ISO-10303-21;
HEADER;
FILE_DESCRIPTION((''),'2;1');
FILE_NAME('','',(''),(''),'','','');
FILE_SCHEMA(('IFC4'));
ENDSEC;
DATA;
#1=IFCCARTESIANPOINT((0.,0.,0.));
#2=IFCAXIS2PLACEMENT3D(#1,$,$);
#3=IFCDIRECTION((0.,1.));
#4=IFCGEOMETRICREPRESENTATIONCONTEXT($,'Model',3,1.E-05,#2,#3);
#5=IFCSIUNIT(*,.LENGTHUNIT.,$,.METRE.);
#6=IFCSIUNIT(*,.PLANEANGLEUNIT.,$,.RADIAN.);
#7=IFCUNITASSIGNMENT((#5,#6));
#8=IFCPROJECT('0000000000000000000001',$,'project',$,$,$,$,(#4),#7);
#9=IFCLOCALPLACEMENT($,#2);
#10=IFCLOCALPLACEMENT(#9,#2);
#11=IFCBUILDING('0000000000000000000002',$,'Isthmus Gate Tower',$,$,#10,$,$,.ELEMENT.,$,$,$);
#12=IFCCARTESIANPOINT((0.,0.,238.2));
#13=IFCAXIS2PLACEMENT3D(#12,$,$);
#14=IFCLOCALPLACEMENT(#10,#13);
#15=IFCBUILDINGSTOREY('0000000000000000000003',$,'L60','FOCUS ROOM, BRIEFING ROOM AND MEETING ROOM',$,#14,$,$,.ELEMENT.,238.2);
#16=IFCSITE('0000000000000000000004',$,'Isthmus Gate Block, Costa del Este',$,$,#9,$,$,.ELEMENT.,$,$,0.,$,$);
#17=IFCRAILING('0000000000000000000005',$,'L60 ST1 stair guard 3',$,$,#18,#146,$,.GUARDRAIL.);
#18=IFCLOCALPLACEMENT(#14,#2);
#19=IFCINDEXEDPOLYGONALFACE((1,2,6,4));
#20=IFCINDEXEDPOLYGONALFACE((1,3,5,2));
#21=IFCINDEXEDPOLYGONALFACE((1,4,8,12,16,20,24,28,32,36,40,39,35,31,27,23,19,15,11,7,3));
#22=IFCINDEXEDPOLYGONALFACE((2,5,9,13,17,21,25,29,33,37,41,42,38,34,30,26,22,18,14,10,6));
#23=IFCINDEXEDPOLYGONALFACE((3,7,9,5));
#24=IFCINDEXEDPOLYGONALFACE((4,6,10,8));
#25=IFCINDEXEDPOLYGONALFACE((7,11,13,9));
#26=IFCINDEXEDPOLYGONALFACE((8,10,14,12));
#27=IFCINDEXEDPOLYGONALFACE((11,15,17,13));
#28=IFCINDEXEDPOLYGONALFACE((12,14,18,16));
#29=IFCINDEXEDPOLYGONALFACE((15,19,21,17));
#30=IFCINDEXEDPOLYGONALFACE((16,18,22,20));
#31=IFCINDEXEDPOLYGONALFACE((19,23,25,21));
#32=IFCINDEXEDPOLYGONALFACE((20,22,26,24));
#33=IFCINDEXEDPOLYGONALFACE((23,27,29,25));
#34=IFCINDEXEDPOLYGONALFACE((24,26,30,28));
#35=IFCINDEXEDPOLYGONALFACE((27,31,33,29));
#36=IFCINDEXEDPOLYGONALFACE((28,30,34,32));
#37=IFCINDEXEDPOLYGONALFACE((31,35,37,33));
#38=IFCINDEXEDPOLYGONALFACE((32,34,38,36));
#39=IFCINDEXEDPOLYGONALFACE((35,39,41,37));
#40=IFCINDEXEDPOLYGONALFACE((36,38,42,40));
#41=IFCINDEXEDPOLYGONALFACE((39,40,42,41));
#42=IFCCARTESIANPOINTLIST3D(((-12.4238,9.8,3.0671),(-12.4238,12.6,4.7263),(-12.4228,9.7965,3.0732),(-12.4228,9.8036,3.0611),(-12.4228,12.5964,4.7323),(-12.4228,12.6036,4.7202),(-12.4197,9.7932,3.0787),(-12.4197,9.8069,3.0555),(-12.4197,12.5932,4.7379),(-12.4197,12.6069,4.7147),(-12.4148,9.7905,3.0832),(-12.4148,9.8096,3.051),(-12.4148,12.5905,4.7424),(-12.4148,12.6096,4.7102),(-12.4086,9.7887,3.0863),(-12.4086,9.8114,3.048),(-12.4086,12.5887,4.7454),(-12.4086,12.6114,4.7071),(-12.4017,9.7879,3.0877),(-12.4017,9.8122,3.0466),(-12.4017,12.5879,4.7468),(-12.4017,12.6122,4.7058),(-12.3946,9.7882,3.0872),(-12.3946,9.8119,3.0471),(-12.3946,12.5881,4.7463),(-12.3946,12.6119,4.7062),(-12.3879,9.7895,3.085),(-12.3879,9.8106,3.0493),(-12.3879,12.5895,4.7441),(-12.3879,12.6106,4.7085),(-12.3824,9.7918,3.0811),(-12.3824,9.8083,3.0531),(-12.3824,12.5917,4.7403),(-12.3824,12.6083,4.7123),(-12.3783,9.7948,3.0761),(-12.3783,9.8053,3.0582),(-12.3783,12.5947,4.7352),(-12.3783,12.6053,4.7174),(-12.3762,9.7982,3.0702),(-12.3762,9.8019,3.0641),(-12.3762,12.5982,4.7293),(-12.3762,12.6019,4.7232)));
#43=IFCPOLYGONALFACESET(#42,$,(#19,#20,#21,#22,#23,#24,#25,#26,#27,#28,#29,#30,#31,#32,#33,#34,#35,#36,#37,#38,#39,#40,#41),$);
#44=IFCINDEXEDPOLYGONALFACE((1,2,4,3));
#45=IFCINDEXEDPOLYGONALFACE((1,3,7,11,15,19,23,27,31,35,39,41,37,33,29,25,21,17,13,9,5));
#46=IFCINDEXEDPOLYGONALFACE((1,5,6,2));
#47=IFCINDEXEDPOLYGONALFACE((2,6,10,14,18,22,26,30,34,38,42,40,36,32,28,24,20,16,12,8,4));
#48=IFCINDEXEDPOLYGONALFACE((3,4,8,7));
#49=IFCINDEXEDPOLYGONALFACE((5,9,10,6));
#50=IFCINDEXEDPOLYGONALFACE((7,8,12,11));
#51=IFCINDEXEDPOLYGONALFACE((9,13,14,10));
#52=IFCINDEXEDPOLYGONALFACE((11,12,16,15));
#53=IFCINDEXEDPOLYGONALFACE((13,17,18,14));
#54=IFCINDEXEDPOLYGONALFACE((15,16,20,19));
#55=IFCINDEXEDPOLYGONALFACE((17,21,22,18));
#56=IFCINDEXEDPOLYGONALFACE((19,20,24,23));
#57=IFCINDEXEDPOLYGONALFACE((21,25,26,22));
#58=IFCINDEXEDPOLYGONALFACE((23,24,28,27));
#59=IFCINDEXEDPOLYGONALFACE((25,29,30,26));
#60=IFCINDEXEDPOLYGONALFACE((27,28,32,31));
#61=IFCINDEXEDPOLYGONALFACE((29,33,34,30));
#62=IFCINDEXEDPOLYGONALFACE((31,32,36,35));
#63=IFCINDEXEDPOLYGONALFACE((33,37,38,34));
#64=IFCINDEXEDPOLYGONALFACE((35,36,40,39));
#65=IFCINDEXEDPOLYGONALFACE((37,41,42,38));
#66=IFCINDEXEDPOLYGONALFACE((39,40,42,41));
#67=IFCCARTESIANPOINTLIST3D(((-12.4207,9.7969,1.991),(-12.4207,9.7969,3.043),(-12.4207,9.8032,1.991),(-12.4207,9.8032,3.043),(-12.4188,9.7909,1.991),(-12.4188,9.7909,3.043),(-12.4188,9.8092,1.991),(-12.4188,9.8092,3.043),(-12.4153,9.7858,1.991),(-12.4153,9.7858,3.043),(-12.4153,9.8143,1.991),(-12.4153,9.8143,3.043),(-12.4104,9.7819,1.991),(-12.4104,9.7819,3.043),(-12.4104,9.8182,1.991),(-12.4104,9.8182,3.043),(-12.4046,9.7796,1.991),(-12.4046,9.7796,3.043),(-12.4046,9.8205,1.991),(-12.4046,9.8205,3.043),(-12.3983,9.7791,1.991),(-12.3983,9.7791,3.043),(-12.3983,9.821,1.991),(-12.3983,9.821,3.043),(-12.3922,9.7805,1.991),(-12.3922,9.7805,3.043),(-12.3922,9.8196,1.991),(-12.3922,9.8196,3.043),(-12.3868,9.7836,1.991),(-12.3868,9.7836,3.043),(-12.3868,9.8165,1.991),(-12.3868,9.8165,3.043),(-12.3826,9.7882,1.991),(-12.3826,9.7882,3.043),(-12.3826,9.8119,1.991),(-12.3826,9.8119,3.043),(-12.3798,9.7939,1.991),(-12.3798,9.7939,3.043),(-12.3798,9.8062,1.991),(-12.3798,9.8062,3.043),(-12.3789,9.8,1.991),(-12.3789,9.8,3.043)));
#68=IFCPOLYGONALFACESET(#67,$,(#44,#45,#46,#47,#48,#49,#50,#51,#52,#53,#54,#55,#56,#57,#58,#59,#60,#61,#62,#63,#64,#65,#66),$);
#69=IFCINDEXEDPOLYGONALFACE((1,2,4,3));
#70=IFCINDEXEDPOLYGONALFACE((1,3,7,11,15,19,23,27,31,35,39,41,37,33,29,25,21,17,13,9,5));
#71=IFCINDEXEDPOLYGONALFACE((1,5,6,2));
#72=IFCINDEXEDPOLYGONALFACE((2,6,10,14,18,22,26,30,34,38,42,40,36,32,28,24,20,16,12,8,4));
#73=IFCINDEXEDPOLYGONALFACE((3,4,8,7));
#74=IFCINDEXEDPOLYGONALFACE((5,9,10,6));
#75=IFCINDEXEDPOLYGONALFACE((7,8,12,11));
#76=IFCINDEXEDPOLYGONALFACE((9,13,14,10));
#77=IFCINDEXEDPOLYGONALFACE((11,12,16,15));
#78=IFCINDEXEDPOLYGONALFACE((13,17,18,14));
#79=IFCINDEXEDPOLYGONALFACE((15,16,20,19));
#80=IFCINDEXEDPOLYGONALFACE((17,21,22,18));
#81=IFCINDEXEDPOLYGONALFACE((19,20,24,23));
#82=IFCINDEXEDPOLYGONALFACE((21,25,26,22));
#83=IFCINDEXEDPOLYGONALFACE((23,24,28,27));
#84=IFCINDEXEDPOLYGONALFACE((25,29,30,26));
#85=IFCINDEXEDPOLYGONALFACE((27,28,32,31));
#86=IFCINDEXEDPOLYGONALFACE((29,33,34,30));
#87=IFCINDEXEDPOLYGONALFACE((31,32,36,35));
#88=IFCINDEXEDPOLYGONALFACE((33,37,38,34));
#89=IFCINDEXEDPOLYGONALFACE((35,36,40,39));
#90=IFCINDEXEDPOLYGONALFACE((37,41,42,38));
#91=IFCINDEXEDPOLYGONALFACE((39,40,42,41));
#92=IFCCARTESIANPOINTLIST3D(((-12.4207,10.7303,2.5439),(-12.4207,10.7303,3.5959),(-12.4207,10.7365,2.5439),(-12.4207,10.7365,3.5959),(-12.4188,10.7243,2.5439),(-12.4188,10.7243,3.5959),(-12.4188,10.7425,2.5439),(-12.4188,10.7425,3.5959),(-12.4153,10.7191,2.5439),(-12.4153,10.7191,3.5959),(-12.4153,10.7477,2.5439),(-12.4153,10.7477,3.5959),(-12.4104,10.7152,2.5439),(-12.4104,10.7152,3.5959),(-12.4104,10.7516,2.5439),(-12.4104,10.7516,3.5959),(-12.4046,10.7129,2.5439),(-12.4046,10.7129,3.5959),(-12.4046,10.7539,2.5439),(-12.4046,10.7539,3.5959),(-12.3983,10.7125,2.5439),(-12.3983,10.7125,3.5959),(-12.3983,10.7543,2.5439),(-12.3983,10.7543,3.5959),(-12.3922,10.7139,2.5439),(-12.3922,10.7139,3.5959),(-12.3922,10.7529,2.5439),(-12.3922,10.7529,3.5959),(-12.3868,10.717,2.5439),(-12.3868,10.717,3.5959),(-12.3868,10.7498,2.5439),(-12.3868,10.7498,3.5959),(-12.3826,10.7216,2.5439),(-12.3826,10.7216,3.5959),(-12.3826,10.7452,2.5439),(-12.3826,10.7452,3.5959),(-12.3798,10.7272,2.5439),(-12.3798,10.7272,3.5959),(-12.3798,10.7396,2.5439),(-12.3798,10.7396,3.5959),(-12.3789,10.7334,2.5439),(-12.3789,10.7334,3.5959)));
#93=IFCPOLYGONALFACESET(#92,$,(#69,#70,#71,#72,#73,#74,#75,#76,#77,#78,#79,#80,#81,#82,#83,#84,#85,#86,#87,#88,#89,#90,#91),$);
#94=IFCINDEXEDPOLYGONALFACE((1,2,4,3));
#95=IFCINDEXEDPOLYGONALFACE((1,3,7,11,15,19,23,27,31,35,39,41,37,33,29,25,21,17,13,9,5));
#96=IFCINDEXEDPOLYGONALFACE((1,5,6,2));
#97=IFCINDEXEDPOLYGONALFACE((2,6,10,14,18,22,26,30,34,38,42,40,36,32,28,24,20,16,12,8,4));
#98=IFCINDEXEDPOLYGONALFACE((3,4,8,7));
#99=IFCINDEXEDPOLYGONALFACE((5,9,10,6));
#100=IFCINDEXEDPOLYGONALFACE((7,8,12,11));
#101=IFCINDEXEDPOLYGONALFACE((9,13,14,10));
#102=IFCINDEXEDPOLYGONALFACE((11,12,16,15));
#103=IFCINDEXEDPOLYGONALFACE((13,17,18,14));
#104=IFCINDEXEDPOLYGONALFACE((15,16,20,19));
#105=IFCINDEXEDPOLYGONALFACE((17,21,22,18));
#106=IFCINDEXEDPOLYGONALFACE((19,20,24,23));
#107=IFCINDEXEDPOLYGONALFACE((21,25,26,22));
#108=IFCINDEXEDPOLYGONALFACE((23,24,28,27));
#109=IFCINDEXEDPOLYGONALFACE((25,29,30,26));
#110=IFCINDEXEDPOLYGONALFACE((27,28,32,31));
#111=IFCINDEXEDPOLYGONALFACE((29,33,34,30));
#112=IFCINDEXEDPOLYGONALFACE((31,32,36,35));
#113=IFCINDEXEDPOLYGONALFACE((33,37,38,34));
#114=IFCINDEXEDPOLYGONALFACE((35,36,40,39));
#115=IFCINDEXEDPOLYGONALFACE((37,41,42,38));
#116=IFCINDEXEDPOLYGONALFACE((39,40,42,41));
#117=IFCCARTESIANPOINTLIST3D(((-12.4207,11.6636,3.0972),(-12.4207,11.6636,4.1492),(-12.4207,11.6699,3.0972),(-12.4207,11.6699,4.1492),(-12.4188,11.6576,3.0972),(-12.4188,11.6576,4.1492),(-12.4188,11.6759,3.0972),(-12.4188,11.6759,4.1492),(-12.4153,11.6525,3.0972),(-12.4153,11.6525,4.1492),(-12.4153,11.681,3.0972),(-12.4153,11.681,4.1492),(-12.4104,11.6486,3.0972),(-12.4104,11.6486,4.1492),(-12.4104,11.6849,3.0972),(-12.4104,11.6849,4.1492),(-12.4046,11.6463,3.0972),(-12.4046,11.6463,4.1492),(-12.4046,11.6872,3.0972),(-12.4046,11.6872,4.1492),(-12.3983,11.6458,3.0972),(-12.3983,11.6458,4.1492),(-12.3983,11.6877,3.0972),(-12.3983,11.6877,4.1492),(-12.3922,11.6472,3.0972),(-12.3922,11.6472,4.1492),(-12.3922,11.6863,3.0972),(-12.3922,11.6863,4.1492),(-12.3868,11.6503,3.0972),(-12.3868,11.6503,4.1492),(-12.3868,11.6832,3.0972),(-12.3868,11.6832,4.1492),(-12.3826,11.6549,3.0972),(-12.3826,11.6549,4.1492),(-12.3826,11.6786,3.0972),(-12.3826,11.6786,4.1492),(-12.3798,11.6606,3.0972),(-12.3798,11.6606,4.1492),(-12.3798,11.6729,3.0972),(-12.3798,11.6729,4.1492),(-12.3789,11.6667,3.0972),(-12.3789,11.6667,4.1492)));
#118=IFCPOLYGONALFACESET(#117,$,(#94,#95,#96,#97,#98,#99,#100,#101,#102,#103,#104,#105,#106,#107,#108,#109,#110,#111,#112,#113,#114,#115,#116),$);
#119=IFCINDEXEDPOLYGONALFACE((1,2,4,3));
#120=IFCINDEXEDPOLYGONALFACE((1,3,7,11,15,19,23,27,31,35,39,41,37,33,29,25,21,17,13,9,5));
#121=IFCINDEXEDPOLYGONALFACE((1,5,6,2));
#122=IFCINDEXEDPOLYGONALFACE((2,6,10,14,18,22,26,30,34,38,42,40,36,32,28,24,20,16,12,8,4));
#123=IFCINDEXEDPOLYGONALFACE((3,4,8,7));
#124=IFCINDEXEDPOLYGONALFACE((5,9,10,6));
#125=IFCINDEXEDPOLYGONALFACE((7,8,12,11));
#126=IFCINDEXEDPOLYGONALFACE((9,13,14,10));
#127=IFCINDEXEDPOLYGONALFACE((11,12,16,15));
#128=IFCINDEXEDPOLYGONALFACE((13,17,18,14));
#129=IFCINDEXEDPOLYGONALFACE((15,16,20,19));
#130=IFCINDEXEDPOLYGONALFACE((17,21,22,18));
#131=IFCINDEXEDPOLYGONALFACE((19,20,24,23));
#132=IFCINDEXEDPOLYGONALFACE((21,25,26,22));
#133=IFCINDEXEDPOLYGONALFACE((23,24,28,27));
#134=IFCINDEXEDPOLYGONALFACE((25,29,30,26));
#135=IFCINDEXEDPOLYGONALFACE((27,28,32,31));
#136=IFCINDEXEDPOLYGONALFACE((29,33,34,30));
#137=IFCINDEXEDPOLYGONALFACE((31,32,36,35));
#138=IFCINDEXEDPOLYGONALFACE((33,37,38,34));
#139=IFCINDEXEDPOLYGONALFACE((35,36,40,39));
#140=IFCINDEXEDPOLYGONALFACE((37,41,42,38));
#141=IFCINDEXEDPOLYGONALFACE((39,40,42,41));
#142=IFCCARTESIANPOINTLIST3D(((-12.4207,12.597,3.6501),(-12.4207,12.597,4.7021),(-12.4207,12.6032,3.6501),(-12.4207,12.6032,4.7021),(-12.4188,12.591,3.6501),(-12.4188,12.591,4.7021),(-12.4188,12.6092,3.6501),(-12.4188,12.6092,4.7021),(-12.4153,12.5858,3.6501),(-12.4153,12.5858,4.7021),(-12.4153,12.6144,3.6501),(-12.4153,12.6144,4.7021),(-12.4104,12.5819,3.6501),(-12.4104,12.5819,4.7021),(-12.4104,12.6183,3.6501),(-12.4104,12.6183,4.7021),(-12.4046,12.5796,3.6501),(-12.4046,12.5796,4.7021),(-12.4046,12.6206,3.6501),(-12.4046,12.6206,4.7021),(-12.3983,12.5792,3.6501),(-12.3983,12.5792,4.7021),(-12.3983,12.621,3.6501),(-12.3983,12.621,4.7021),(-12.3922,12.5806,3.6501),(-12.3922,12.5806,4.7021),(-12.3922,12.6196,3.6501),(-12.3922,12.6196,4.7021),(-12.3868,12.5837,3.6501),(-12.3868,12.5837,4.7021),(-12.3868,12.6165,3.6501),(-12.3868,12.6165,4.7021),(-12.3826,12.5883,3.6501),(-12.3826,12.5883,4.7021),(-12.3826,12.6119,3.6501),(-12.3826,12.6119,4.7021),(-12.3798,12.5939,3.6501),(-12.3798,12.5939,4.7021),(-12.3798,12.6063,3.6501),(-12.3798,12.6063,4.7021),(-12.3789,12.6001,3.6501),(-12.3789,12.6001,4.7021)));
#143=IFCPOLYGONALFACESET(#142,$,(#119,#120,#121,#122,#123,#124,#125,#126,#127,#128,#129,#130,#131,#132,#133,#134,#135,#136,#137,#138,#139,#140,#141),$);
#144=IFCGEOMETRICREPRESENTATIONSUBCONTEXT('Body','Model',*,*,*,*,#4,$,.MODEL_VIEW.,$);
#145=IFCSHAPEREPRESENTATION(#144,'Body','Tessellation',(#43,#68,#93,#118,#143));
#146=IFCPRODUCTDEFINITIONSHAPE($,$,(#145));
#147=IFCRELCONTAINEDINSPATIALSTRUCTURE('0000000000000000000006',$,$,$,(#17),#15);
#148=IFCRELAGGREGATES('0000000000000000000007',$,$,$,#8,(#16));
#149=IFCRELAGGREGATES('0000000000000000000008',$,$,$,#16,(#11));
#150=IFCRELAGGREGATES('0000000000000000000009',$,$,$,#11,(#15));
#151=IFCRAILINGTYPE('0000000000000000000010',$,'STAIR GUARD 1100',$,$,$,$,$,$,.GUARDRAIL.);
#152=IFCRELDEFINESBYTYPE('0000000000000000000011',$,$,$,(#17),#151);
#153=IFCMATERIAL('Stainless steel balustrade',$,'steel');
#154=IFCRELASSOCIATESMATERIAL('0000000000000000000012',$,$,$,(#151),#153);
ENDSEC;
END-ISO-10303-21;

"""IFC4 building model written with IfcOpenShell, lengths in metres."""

from ifc_helpers import new_model, si_unit, direction, frame, origin, origin_2d, place, context, subcontext, project, spatial, circle, extrude, material, type_object, element, save


model = new_model("IFC4")

# Units and contexts
model_context = context("Model", 3, precision=1e-05, world=origin(), true_north=direction((0.0, 1.0)))
body_context = subcontext(model_context, "Body", "Model", "MODEL_VIEW")
ifc_project = project(units=[si_unit("LENGTHUNIT", "METRE"), si_unit("PLANEANGLEUNIT", "RADIAN")], contexts=[model_context])

# Site, building, storey
site_placement = place(None, origin())
site = spatial("IfcSite", under=ifc_project, at=site_placement, Name="Isthmus Gate Block, Costa del Este", CompositionType="ELEMENT", RefElevation=0.0)
building_placement = place(site_placement, origin())
building = spatial("IfcBuilding", under=site, at=building_placement, Name="Isthmus Gate Tower", CompositionType="ELEMENT")
storey_placement = place(building_placement, frame((0.0, 0.0, 238.2)))
storey = spatial("IfcBuildingStorey", under=building, at=storey_placement, Name="L60", Description="FOCUS ROOM, BRIEFING ROOM AND MEETING ROOM", CompositionType="ELEMENT", Elevation=238.2)

# Railing
ifc_material_1 = material(Name="Stainless steel balustrade", Category="steel")
railing_type_1 = type_object("IfcRailingType", Name="STAIR GUARD 1100", PredefinedType="GUARDRAIL", material=ifc_material_1)
railing_1_placement = place(storey_placement, frame((-12.3999, 9.8, 1.991)))
element("IfcRailing", 1, at=railing_1_placement, inside=storey, type_object=railing_type_1, Name="L60 ST1 stair guard 3", PredefinedType="GUARDRAIL", context=body_context, shape_type="SweptSolid", body=[
    extrude(circle(Radius=0.0239, at=origin_2d()), frame((0.0, 0.0, 1.0762), z_axis=(0.0, 0.860306, 0.509778), x_axis=(-1.0, 0.0, 0.0)), (0.0, 0.0, 1.0), 3.2546),
    extrude(circle(Radius=0.021, at=origin_2d()), origin(), (0.0, 0.0, 1.0), 1.052),
    extrude(circle(Radius=0.021, at=origin_2d()), frame((0.0, 0.9333, 0.553)), (0.0, 0.0, 1.0), 1.052),
    extrude(circle(Radius=0.021, at=origin_2d()), frame((0.0, 1.8667, 1.1062)), (0.0, 0.0, 1.0), 1.052),
    extrude(circle(Radius=0.021, at=origin_2d()), frame((0.0, 2.8, 1.6592)), (0.0, 0.0, 1.0), 1.052),
])

save(model, "model.ifc")
